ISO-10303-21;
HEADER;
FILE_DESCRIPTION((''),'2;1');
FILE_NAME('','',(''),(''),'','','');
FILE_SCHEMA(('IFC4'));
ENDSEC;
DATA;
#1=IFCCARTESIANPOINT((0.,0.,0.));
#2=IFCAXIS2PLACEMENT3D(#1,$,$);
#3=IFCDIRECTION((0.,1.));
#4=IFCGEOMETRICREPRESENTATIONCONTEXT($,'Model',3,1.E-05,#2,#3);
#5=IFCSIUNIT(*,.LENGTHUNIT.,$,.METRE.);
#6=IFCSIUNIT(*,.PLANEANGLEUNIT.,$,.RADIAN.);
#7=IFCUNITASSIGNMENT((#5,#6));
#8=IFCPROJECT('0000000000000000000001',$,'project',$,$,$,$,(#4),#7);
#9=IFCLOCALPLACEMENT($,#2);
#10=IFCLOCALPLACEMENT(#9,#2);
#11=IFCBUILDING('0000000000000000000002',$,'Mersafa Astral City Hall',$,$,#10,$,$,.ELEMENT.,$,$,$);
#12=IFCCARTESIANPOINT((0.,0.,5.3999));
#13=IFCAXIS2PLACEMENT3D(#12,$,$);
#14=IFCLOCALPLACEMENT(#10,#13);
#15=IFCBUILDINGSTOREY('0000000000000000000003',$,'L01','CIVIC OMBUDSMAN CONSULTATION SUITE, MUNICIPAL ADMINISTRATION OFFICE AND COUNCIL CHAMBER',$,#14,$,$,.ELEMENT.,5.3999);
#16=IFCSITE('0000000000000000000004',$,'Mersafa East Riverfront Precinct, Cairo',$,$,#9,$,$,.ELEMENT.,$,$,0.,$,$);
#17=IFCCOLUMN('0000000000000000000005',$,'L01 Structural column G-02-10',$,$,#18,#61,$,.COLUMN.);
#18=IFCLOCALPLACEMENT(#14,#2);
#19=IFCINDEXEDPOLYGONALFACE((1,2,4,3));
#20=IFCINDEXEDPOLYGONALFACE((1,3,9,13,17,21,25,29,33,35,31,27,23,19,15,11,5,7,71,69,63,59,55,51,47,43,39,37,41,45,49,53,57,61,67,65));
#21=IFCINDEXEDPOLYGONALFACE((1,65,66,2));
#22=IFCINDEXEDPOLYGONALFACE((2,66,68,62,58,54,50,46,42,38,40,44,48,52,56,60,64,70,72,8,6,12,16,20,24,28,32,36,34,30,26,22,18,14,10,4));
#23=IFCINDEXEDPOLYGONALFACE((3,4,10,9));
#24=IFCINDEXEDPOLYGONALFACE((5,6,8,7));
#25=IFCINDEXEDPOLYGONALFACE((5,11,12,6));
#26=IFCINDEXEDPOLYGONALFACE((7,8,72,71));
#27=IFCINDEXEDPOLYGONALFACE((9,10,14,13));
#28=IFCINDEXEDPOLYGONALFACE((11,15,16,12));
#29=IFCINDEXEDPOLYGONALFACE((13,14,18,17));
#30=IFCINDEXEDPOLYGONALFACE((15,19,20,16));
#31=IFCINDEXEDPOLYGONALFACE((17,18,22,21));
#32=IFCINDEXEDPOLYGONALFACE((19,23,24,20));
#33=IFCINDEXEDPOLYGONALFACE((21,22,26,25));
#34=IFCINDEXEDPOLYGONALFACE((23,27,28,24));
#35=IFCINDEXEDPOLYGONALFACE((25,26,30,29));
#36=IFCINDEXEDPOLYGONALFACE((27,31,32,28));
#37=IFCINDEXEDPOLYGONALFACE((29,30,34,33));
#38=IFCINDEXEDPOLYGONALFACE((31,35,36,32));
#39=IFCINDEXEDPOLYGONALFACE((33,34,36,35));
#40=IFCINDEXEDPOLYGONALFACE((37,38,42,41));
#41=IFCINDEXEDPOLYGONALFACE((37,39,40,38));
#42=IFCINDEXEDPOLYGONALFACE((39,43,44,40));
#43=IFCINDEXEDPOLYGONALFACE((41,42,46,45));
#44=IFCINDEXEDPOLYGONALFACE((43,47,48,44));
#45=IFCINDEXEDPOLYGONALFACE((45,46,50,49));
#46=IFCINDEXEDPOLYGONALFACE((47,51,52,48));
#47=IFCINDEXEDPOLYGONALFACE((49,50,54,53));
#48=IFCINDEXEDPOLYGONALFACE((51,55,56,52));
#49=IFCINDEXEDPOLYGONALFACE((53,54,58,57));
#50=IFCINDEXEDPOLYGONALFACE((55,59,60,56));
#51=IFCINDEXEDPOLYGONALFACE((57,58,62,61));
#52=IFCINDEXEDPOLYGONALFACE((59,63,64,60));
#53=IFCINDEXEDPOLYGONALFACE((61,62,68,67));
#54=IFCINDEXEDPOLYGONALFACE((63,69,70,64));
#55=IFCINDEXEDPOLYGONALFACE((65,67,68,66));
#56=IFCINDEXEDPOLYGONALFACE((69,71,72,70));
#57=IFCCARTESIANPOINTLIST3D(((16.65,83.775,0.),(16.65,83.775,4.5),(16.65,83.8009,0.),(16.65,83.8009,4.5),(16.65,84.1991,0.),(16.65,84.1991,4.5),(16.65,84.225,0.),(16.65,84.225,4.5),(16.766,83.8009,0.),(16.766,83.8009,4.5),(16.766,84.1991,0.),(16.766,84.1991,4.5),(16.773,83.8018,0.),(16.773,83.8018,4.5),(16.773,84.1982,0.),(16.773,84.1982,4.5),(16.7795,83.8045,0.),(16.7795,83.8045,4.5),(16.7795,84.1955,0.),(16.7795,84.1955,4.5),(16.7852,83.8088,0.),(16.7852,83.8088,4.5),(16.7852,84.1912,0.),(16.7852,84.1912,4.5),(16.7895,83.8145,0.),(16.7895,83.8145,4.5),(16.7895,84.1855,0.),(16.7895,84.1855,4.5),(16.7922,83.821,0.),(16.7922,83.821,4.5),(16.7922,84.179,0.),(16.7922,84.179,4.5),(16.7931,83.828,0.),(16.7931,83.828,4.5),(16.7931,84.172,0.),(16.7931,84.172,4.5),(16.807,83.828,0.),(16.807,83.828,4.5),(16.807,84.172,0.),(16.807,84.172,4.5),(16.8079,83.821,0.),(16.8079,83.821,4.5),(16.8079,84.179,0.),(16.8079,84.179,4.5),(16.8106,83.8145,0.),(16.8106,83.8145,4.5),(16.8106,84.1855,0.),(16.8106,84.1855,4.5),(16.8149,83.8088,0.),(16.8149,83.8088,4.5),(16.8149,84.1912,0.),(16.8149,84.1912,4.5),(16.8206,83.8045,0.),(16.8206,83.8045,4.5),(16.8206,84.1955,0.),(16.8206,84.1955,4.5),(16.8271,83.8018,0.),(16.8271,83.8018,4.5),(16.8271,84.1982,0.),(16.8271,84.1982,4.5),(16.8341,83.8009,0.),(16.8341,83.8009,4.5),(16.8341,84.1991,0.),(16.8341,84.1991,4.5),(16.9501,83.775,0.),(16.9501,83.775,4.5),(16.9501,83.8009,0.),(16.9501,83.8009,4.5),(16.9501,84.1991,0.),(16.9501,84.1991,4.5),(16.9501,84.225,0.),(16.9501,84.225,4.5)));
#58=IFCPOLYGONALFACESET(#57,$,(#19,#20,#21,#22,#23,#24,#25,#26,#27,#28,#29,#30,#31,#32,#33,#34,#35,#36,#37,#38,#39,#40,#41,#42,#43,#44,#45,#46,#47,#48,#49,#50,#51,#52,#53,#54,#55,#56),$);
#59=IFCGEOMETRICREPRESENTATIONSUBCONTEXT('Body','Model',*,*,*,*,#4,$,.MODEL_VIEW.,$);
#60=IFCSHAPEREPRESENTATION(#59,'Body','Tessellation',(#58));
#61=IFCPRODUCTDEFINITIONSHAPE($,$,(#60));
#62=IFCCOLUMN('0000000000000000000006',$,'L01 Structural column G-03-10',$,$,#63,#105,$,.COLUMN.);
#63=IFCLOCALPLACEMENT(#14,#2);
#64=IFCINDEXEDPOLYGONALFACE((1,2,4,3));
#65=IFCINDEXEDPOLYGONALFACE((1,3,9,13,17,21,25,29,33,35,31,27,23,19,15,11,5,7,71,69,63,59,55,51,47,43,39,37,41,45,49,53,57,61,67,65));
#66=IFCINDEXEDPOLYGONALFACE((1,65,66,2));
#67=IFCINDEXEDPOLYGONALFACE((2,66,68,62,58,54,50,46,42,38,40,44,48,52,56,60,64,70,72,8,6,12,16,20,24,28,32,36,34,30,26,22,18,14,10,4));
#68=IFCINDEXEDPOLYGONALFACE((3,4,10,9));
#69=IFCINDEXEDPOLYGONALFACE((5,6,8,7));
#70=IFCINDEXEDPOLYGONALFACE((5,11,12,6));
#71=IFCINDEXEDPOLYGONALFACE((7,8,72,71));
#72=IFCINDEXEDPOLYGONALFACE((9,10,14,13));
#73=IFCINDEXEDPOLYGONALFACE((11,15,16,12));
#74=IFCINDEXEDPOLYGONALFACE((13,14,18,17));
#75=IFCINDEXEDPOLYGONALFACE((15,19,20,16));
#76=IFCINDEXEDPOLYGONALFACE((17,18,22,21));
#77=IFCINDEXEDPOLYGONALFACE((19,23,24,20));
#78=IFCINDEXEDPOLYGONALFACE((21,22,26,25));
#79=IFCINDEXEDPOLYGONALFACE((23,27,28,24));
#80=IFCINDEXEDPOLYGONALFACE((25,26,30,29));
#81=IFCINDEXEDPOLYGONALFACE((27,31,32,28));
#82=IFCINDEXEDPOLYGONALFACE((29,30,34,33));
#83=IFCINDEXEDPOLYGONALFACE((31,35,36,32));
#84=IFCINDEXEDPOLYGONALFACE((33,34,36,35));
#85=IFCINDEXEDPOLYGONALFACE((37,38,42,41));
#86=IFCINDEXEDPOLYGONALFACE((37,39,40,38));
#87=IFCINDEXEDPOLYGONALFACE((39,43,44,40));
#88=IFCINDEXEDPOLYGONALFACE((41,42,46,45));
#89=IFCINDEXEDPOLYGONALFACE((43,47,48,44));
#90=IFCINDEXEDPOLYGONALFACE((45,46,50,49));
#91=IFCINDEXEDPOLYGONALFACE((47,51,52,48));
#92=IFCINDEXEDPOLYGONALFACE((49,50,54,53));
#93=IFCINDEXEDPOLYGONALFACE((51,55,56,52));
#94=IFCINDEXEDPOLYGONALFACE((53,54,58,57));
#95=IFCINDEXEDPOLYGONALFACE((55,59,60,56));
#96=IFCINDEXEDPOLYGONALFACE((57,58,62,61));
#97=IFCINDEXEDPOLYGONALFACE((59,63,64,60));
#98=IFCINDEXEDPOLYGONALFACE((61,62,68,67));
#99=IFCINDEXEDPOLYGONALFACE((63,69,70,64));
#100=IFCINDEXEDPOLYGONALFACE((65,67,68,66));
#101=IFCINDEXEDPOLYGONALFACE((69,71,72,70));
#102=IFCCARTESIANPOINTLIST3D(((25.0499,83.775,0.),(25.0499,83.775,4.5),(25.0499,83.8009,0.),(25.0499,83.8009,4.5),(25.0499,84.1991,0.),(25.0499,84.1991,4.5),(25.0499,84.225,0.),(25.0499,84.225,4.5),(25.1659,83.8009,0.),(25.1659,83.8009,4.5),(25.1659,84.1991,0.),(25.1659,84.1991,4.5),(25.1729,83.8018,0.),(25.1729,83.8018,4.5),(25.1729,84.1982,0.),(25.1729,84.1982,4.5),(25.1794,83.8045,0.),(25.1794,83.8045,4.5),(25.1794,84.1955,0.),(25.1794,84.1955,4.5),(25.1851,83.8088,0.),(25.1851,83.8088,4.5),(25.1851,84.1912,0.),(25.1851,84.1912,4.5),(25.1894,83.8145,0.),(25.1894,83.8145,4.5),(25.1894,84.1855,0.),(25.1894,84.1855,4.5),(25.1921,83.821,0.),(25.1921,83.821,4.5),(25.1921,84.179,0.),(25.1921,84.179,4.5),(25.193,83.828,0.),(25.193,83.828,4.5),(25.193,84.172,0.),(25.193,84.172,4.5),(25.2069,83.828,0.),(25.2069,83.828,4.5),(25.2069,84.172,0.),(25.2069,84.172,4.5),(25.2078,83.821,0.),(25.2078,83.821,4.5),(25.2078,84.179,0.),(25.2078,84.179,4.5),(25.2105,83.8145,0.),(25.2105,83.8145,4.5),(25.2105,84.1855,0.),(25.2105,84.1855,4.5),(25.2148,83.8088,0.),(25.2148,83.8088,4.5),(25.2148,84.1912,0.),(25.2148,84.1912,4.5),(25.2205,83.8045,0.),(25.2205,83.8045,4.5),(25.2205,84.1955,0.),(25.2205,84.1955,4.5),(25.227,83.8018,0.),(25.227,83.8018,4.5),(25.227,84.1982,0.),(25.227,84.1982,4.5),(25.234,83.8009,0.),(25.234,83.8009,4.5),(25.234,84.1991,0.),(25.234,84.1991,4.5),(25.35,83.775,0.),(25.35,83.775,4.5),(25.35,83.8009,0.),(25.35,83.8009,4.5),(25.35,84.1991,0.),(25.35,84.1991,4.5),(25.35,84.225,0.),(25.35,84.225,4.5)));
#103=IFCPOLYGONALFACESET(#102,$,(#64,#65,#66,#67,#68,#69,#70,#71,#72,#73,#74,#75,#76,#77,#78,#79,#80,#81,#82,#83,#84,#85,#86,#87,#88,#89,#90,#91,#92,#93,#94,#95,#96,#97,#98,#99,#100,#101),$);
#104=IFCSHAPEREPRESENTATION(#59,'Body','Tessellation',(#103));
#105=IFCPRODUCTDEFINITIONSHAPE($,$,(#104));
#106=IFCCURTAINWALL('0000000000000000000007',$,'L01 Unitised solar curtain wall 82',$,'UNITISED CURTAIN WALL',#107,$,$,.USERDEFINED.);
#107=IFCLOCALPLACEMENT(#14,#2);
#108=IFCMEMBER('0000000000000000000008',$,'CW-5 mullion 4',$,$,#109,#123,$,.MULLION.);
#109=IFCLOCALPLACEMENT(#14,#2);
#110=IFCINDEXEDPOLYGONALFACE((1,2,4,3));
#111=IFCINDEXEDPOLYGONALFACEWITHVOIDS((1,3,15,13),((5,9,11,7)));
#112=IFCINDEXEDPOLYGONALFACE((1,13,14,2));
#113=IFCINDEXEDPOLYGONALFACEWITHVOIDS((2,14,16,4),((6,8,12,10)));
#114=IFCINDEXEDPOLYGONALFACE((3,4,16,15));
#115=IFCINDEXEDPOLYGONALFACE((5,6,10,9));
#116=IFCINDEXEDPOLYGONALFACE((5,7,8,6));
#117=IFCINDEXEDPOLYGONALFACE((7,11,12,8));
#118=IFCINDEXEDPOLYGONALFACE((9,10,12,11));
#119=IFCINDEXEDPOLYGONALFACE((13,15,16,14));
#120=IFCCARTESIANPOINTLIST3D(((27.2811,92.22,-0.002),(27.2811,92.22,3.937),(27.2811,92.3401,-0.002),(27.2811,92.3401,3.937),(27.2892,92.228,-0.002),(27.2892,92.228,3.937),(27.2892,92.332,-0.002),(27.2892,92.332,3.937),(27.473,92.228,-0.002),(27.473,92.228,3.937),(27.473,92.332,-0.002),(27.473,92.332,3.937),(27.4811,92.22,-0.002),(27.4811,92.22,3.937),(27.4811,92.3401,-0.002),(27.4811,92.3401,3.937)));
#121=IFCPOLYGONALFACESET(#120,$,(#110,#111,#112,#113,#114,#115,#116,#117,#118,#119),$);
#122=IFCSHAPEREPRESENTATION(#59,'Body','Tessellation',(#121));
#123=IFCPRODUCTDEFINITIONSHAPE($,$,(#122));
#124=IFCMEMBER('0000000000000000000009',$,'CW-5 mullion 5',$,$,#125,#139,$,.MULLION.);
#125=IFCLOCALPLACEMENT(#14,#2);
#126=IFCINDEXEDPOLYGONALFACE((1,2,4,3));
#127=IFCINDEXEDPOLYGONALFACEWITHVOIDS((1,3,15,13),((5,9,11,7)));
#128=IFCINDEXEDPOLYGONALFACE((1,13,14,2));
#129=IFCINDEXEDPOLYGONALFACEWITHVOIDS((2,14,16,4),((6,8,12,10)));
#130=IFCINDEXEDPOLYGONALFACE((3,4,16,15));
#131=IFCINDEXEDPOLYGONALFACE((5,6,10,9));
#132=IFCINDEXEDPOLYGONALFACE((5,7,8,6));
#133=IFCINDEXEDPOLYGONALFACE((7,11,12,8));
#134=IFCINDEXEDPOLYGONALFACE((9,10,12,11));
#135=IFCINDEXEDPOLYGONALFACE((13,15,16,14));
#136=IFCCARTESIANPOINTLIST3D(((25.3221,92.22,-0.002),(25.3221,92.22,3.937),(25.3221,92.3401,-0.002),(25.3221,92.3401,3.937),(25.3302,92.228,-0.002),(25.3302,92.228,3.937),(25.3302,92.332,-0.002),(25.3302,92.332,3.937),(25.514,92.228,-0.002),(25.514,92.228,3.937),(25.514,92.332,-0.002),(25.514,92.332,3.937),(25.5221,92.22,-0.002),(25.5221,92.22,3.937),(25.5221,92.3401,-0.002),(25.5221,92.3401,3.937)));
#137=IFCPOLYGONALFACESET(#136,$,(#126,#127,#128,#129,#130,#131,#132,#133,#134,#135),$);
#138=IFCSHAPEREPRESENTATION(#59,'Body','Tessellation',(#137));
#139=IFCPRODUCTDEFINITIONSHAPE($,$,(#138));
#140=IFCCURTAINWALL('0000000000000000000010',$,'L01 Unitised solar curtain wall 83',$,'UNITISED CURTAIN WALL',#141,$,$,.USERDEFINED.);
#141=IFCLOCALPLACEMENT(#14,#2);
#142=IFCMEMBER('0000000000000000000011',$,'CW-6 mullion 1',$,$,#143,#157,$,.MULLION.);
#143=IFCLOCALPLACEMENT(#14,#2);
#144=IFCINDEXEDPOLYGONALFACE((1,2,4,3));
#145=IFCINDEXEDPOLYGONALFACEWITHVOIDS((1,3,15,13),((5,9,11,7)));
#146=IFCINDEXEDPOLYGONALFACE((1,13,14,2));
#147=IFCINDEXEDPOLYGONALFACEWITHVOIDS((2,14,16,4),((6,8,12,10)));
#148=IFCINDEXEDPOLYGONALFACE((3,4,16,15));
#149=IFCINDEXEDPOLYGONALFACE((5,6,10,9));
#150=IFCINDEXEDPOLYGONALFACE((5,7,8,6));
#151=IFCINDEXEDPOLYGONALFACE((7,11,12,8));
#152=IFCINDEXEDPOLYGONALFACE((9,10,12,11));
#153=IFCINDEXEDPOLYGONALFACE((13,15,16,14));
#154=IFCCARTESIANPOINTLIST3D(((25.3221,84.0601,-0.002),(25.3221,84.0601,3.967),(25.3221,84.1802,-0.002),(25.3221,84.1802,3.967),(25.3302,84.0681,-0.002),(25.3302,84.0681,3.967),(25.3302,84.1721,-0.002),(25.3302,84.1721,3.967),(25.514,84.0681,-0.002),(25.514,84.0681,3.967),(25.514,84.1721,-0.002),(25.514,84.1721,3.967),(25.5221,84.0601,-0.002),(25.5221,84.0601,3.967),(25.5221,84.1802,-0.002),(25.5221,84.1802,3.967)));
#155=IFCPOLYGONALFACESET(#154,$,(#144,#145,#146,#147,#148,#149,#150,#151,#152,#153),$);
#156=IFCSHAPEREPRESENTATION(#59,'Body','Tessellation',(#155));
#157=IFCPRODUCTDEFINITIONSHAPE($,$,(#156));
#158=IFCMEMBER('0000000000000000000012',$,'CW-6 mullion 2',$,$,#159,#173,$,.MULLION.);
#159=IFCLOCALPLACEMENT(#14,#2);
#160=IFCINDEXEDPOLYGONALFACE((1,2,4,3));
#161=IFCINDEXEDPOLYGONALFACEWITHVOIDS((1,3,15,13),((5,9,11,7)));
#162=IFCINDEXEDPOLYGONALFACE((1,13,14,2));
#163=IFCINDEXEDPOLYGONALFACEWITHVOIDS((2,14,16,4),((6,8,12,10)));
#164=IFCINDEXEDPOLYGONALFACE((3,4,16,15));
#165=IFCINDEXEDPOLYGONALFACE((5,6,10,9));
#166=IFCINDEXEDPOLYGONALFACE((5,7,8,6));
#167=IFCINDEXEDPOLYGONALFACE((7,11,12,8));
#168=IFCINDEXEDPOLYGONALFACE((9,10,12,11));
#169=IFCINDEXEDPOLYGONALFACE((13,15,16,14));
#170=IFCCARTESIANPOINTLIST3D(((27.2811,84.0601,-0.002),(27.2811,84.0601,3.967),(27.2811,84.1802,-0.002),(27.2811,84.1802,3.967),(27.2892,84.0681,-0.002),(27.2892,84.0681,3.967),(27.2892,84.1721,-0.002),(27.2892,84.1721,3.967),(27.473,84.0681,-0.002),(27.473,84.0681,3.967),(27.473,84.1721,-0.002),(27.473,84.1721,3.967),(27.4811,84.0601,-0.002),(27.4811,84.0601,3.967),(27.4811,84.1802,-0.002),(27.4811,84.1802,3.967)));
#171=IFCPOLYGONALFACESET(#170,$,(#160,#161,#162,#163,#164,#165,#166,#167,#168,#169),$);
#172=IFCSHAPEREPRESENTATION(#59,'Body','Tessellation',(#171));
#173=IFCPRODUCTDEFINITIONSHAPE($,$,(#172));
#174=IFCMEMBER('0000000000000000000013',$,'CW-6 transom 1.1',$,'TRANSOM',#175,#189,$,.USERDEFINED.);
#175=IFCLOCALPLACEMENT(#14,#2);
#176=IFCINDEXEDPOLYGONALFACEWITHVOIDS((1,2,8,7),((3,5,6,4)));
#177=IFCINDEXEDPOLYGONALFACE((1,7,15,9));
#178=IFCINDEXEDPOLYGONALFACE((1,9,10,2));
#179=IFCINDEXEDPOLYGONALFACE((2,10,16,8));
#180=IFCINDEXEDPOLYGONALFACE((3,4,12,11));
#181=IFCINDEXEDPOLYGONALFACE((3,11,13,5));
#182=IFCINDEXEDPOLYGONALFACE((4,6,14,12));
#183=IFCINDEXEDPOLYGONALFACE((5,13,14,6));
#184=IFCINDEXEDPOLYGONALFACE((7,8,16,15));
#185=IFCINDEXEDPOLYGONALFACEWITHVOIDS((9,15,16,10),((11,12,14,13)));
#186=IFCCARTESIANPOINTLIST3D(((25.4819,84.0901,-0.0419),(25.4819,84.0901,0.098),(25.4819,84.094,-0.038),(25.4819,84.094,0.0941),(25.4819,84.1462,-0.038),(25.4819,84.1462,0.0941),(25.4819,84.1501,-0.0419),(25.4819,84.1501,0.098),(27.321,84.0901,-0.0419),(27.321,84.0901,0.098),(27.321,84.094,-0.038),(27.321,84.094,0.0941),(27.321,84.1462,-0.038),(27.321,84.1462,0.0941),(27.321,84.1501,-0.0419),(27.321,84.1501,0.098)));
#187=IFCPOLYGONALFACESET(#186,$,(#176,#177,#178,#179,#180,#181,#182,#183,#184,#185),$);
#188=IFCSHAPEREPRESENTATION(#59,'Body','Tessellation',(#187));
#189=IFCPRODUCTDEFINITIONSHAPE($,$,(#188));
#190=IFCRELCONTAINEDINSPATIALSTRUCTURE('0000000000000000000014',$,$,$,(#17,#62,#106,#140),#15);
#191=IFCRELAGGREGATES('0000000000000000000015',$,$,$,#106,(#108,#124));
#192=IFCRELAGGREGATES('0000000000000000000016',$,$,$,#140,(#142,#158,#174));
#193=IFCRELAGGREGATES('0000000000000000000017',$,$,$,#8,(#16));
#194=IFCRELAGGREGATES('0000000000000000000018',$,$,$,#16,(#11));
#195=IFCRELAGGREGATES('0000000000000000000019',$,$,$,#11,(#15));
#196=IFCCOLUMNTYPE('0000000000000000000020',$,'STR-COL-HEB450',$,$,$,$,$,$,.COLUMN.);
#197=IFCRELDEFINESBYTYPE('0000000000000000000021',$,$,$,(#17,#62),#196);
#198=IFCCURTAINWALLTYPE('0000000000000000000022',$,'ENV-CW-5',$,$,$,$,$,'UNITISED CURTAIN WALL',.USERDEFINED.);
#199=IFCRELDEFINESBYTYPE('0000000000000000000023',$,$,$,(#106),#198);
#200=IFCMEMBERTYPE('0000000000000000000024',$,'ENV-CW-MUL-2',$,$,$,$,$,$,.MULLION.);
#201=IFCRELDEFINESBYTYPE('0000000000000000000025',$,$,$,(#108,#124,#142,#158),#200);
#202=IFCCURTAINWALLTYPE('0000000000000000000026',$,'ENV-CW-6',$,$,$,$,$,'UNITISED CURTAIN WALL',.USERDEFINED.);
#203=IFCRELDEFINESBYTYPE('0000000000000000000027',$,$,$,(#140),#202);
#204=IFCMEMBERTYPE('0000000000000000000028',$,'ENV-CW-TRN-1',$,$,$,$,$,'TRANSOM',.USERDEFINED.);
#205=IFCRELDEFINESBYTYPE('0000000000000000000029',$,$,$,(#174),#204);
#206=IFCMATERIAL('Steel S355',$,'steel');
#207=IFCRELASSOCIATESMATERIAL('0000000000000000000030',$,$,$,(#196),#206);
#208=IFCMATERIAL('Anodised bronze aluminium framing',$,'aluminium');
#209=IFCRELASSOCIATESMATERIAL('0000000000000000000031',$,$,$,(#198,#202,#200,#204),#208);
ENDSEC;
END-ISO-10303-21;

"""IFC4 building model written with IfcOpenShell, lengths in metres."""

from ifc_helpers import new_model, si_unit, direction, frame, origin, origin_2d, place, context, subcontext, project, spatial, hollow_rectangle, i_section, extrude, material, material_profile, profile_set, type_object, element, aggregate, save


model = new_model("IFC4")

# Units and contexts
model_context = context("Model", 3, precision=1e-05, world=origin(), true_north=direction((0.0, 1.0)))
body_context = subcontext(model_context, "Body", "Model", "MODEL_VIEW")
ifc_project = project(units=[si_unit("LENGTHUNIT", "METRE"), si_unit("PLANEANGLEUNIT", "RADIAN")], contexts=[model_context])

# Site, building, storey
site_placement = place(None, origin())
site = spatial("IfcSite", under=ifc_project, at=site_placement, Name="Mersafa East Riverfront Precinct, Cairo", CompositionType="ELEMENT", RefElevation=0.0)
building_placement = place(site_placement, origin())
building = spatial("IfcBuilding", under=site, at=building_placement, Name="Mersafa Astral City Hall", CompositionType="ELEMENT")
storey_placement = place(building_placement, frame((0.0, 0.0, 5.3999)))
storey = spatial("IfcBuildingStorey", under=building, at=storey_placement, Name="L01", Description="CIVIC OMBUDSMAN CONSULTATION SUITE, MUNICIPAL ADMINISTRATION OFFICE AND COUNCIL CHAMBER", CompositionType="ELEMENT", Elevation=5.3999)

# Columns
ifc_material_1 = material(Name="Steel S355", Category="steel")
ifc_material_profile_1 = material_profile(ifc_material_1, i_section(OverallWidth=0.3, OverallDepth=0.45, WebThickness=0.0139, FlangeThickness=0.0259, FilletRadius=0.0271, at=origin_2d()), Name="HEB 450")
ifc_profile_set_1 = profile_set([ifc_material_profile_1], Name="Steel S355")
column_type = type_object("IfcColumnType", Name="STR-COL-HEB450", PredefinedType="COLUMN", material=ifc_profile_set_1)
for number, where, z_axis, x_axis, name in (
    (1, (16.8, 84.0, 0.0), (0.0, 0.0, 1.0), (1.0, 0.0, 0.0), "L01 Structural column G-02-10"),
    (2, (25.2, 84.0, 0.0), (0.0, 0.0, 1.0), (1.0, 0.0, 0.0), "L01 Structural column G-03-10"),
):
    element("IfcColumn", number, at=place(storey_placement, frame(where, z_axis=z_axis, x_axis=x_axis)), inside=storey, type_object=column_type, Name=name, PredefinedType="COLUMN", context=body_context, shape_type="SweptSolid", body=[
        extrude(i_section(OverallWidth=0.3, OverallDepth=0.45, WebThickness=0.0139, FlangeThickness=0.0259, FilletRadius=0.0271, at=origin_2d()), origin(), (0.0, 0.0, 1.0), 4.5),
    ])

# Curtain walls, members
ifc_material_2 = material(Name="Anodised bronze aluminium framing", Category="aluminium")
curtain_wall_type_1 = type_object("IfcCurtainWallType", Name="ENV-CW-5", ElementType="UNITISED CURTAIN WALL", PredefinedType="USERDEFINED", material=ifc_material_2)
curtain_wall_1_placement = place(storey_placement, origin())
curtain_wall_1 = element("IfcCurtainWall", 3, at=curtain_wall_1_placement, inside=storey, type_object=curtain_wall_type_1, Name="L01 Unitised solar curtain wall 82", ObjectType="UNITISED CURTAIN WALL", PredefinedType="USERDEFINED")
ifc_material_profile_2 = material_profile(ifc_material_2, hollow_rectangle(XDim=0.1201, YDim=0.2, WallThickness=0.0081, at=origin_2d()), Name="RHS 120x200x8")
ifc_profile_set_2 = profile_set([ifc_material_profile_2], Name="Anodised bronze aluminium framing")
member_type_1 = type_object("IfcMemberType", Name="ENV-CW-MUL-2", PredefinedType="MULLION", material=ifc_profile_set_2)
member_1_placement = place(storey_placement, frame((27.3811, 92.28, -0.002), z_axis=(0.0, 0.0, 1.0), x_axis=(0.0, -1.0, 0.0)))
member_1 = element("IfcMember", 4, at=member_1_placement, type_object=member_type_1, Name="CW-5 mullion 4", PredefinedType="MULLION", context=body_context, shape_type="SweptSolid", body=[
    extrude(hollow_rectangle(XDim=0.1201, YDim=0.2, WallThickness=0.0081, at=origin_2d()), origin(), (0.0, 0.0, 1.0), 3.939),
])
member_2_placement = place(storey_placement, frame((25.4221, 92.28, -0.002), z_axis=(0.0, 0.0, 1.0), x_axis=(0.0, -1.0, 0.0)))
member_2 = element("IfcMember", 5, at=member_2_placement, type_object=member_type_1, Name="CW-5 mullion 5", PredefinedType="MULLION", context=body_context, shape_type="SweptSolid", body=[
    extrude(hollow_rectangle(XDim=0.1201, YDim=0.2, WallThickness=0.0081, at=origin_2d()), origin(), (0.0, 0.0, 1.0), 3.939),
])
curtain_wall_type_2 = type_object("IfcCurtainWallType", Name="ENV-CW-6", ElementType="UNITISED CURTAIN WALL", PredefinedType="USERDEFINED", material=ifc_material_2)
curtain_wall_2_placement = place(storey_placement, origin())
curtain_wall_2 = element("IfcCurtainWall", 6, at=curtain_wall_2_placement, inside=storey, type_object=curtain_wall_type_2, Name="L01 Unitised solar curtain wall 83", ObjectType="UNITISED CURTAIN WALL", PredefinedType="USERDEFINED")
member_3_placement = place(storey_placement, frame((25.4221, 84.1201, -0.002), z_axis=(0.0, 0.0, 1.0), x_axis=(0.0, 1.0, 0.0)))
member_3 = element("IfcMember", 7, at=member_3_placement, type_object=member_type_1, Name="CW-6 mullion 1", PredefinedType="MULLION", context=body_context, shape_type="SweptSolid", body=[
    extrude(hollow_rectangle(XDim=0.1201, YDim=0.2, WallThickness=0.0081, at=origin_2d()), origin(), (0.0, 0.0, 1.0), 3.969),
])
member_4_placement = place(storey_placement, frame((27.3811, 84.1201, -0.002), z_axis=(0.0, 0.0, 1.0), x_axis=(0.0, 1.0, 0.0)))
member_4 = element("IfcMember", 8, at=member_4_placement, type_object=member_type_1, Name="CW-6 mullion 2", PredefinedType="MULLION", context=body_context, shape_type="SweptSolid", body=[
    extrude(hollow_rectangle(XDim=0.1201, YDim=0.2, WallThickness=0.0081, at=origin_2d()), origin(), (0.0, 0.0, 1.0), 3.969),
])
ifc_material_profile_3 = material_profile(ifc_material_2, hollow_rectangle(XDim=0.0601, YDim=0.1399, WallThickness=0.0039, at=origin_2d()), Name="RHS 60x140x4")
ifc_profile_set_3 = profile_set([ifc_material_profile_3], Name="Anodised bronze aluminium framing")
member_type_2 = type_object("IfcMemberType", Name="ENV-CW-TRN-1", ElementType="TRANSOM", PredefinedType="USERDEFINED", material=ifc_profile_set_3)
member_5_placement = place(storey_placement, frame((25.4819, 84.1201, 0.0281), z_axis=(1.0, 0.0, 0.0), x_axis=(0.0, 1.0, 0.0)))
member_5 = element("IfcMember", 9, at=member_5_placement, type_object=member_type_2, Name="CW-6 transom 1.1", ObjectType="TRANSOM", PredefinedType="USERDEFINED", context=body_context, shape_type="SweptSolid", body=[
    extrude(hollow_rectangle(XDim=0.0601, YDim=0.1399, WallThickness=0.0039, at=origin_2d()), origin(), (0.0, 0.0, 1.0), 1.8391),
])

aggregate(curtain_wall_1, [member_1, member_2])
aggregate(curtain_wall_2, [member_3, member_4, member_5])

save(model, "model.ifc")
